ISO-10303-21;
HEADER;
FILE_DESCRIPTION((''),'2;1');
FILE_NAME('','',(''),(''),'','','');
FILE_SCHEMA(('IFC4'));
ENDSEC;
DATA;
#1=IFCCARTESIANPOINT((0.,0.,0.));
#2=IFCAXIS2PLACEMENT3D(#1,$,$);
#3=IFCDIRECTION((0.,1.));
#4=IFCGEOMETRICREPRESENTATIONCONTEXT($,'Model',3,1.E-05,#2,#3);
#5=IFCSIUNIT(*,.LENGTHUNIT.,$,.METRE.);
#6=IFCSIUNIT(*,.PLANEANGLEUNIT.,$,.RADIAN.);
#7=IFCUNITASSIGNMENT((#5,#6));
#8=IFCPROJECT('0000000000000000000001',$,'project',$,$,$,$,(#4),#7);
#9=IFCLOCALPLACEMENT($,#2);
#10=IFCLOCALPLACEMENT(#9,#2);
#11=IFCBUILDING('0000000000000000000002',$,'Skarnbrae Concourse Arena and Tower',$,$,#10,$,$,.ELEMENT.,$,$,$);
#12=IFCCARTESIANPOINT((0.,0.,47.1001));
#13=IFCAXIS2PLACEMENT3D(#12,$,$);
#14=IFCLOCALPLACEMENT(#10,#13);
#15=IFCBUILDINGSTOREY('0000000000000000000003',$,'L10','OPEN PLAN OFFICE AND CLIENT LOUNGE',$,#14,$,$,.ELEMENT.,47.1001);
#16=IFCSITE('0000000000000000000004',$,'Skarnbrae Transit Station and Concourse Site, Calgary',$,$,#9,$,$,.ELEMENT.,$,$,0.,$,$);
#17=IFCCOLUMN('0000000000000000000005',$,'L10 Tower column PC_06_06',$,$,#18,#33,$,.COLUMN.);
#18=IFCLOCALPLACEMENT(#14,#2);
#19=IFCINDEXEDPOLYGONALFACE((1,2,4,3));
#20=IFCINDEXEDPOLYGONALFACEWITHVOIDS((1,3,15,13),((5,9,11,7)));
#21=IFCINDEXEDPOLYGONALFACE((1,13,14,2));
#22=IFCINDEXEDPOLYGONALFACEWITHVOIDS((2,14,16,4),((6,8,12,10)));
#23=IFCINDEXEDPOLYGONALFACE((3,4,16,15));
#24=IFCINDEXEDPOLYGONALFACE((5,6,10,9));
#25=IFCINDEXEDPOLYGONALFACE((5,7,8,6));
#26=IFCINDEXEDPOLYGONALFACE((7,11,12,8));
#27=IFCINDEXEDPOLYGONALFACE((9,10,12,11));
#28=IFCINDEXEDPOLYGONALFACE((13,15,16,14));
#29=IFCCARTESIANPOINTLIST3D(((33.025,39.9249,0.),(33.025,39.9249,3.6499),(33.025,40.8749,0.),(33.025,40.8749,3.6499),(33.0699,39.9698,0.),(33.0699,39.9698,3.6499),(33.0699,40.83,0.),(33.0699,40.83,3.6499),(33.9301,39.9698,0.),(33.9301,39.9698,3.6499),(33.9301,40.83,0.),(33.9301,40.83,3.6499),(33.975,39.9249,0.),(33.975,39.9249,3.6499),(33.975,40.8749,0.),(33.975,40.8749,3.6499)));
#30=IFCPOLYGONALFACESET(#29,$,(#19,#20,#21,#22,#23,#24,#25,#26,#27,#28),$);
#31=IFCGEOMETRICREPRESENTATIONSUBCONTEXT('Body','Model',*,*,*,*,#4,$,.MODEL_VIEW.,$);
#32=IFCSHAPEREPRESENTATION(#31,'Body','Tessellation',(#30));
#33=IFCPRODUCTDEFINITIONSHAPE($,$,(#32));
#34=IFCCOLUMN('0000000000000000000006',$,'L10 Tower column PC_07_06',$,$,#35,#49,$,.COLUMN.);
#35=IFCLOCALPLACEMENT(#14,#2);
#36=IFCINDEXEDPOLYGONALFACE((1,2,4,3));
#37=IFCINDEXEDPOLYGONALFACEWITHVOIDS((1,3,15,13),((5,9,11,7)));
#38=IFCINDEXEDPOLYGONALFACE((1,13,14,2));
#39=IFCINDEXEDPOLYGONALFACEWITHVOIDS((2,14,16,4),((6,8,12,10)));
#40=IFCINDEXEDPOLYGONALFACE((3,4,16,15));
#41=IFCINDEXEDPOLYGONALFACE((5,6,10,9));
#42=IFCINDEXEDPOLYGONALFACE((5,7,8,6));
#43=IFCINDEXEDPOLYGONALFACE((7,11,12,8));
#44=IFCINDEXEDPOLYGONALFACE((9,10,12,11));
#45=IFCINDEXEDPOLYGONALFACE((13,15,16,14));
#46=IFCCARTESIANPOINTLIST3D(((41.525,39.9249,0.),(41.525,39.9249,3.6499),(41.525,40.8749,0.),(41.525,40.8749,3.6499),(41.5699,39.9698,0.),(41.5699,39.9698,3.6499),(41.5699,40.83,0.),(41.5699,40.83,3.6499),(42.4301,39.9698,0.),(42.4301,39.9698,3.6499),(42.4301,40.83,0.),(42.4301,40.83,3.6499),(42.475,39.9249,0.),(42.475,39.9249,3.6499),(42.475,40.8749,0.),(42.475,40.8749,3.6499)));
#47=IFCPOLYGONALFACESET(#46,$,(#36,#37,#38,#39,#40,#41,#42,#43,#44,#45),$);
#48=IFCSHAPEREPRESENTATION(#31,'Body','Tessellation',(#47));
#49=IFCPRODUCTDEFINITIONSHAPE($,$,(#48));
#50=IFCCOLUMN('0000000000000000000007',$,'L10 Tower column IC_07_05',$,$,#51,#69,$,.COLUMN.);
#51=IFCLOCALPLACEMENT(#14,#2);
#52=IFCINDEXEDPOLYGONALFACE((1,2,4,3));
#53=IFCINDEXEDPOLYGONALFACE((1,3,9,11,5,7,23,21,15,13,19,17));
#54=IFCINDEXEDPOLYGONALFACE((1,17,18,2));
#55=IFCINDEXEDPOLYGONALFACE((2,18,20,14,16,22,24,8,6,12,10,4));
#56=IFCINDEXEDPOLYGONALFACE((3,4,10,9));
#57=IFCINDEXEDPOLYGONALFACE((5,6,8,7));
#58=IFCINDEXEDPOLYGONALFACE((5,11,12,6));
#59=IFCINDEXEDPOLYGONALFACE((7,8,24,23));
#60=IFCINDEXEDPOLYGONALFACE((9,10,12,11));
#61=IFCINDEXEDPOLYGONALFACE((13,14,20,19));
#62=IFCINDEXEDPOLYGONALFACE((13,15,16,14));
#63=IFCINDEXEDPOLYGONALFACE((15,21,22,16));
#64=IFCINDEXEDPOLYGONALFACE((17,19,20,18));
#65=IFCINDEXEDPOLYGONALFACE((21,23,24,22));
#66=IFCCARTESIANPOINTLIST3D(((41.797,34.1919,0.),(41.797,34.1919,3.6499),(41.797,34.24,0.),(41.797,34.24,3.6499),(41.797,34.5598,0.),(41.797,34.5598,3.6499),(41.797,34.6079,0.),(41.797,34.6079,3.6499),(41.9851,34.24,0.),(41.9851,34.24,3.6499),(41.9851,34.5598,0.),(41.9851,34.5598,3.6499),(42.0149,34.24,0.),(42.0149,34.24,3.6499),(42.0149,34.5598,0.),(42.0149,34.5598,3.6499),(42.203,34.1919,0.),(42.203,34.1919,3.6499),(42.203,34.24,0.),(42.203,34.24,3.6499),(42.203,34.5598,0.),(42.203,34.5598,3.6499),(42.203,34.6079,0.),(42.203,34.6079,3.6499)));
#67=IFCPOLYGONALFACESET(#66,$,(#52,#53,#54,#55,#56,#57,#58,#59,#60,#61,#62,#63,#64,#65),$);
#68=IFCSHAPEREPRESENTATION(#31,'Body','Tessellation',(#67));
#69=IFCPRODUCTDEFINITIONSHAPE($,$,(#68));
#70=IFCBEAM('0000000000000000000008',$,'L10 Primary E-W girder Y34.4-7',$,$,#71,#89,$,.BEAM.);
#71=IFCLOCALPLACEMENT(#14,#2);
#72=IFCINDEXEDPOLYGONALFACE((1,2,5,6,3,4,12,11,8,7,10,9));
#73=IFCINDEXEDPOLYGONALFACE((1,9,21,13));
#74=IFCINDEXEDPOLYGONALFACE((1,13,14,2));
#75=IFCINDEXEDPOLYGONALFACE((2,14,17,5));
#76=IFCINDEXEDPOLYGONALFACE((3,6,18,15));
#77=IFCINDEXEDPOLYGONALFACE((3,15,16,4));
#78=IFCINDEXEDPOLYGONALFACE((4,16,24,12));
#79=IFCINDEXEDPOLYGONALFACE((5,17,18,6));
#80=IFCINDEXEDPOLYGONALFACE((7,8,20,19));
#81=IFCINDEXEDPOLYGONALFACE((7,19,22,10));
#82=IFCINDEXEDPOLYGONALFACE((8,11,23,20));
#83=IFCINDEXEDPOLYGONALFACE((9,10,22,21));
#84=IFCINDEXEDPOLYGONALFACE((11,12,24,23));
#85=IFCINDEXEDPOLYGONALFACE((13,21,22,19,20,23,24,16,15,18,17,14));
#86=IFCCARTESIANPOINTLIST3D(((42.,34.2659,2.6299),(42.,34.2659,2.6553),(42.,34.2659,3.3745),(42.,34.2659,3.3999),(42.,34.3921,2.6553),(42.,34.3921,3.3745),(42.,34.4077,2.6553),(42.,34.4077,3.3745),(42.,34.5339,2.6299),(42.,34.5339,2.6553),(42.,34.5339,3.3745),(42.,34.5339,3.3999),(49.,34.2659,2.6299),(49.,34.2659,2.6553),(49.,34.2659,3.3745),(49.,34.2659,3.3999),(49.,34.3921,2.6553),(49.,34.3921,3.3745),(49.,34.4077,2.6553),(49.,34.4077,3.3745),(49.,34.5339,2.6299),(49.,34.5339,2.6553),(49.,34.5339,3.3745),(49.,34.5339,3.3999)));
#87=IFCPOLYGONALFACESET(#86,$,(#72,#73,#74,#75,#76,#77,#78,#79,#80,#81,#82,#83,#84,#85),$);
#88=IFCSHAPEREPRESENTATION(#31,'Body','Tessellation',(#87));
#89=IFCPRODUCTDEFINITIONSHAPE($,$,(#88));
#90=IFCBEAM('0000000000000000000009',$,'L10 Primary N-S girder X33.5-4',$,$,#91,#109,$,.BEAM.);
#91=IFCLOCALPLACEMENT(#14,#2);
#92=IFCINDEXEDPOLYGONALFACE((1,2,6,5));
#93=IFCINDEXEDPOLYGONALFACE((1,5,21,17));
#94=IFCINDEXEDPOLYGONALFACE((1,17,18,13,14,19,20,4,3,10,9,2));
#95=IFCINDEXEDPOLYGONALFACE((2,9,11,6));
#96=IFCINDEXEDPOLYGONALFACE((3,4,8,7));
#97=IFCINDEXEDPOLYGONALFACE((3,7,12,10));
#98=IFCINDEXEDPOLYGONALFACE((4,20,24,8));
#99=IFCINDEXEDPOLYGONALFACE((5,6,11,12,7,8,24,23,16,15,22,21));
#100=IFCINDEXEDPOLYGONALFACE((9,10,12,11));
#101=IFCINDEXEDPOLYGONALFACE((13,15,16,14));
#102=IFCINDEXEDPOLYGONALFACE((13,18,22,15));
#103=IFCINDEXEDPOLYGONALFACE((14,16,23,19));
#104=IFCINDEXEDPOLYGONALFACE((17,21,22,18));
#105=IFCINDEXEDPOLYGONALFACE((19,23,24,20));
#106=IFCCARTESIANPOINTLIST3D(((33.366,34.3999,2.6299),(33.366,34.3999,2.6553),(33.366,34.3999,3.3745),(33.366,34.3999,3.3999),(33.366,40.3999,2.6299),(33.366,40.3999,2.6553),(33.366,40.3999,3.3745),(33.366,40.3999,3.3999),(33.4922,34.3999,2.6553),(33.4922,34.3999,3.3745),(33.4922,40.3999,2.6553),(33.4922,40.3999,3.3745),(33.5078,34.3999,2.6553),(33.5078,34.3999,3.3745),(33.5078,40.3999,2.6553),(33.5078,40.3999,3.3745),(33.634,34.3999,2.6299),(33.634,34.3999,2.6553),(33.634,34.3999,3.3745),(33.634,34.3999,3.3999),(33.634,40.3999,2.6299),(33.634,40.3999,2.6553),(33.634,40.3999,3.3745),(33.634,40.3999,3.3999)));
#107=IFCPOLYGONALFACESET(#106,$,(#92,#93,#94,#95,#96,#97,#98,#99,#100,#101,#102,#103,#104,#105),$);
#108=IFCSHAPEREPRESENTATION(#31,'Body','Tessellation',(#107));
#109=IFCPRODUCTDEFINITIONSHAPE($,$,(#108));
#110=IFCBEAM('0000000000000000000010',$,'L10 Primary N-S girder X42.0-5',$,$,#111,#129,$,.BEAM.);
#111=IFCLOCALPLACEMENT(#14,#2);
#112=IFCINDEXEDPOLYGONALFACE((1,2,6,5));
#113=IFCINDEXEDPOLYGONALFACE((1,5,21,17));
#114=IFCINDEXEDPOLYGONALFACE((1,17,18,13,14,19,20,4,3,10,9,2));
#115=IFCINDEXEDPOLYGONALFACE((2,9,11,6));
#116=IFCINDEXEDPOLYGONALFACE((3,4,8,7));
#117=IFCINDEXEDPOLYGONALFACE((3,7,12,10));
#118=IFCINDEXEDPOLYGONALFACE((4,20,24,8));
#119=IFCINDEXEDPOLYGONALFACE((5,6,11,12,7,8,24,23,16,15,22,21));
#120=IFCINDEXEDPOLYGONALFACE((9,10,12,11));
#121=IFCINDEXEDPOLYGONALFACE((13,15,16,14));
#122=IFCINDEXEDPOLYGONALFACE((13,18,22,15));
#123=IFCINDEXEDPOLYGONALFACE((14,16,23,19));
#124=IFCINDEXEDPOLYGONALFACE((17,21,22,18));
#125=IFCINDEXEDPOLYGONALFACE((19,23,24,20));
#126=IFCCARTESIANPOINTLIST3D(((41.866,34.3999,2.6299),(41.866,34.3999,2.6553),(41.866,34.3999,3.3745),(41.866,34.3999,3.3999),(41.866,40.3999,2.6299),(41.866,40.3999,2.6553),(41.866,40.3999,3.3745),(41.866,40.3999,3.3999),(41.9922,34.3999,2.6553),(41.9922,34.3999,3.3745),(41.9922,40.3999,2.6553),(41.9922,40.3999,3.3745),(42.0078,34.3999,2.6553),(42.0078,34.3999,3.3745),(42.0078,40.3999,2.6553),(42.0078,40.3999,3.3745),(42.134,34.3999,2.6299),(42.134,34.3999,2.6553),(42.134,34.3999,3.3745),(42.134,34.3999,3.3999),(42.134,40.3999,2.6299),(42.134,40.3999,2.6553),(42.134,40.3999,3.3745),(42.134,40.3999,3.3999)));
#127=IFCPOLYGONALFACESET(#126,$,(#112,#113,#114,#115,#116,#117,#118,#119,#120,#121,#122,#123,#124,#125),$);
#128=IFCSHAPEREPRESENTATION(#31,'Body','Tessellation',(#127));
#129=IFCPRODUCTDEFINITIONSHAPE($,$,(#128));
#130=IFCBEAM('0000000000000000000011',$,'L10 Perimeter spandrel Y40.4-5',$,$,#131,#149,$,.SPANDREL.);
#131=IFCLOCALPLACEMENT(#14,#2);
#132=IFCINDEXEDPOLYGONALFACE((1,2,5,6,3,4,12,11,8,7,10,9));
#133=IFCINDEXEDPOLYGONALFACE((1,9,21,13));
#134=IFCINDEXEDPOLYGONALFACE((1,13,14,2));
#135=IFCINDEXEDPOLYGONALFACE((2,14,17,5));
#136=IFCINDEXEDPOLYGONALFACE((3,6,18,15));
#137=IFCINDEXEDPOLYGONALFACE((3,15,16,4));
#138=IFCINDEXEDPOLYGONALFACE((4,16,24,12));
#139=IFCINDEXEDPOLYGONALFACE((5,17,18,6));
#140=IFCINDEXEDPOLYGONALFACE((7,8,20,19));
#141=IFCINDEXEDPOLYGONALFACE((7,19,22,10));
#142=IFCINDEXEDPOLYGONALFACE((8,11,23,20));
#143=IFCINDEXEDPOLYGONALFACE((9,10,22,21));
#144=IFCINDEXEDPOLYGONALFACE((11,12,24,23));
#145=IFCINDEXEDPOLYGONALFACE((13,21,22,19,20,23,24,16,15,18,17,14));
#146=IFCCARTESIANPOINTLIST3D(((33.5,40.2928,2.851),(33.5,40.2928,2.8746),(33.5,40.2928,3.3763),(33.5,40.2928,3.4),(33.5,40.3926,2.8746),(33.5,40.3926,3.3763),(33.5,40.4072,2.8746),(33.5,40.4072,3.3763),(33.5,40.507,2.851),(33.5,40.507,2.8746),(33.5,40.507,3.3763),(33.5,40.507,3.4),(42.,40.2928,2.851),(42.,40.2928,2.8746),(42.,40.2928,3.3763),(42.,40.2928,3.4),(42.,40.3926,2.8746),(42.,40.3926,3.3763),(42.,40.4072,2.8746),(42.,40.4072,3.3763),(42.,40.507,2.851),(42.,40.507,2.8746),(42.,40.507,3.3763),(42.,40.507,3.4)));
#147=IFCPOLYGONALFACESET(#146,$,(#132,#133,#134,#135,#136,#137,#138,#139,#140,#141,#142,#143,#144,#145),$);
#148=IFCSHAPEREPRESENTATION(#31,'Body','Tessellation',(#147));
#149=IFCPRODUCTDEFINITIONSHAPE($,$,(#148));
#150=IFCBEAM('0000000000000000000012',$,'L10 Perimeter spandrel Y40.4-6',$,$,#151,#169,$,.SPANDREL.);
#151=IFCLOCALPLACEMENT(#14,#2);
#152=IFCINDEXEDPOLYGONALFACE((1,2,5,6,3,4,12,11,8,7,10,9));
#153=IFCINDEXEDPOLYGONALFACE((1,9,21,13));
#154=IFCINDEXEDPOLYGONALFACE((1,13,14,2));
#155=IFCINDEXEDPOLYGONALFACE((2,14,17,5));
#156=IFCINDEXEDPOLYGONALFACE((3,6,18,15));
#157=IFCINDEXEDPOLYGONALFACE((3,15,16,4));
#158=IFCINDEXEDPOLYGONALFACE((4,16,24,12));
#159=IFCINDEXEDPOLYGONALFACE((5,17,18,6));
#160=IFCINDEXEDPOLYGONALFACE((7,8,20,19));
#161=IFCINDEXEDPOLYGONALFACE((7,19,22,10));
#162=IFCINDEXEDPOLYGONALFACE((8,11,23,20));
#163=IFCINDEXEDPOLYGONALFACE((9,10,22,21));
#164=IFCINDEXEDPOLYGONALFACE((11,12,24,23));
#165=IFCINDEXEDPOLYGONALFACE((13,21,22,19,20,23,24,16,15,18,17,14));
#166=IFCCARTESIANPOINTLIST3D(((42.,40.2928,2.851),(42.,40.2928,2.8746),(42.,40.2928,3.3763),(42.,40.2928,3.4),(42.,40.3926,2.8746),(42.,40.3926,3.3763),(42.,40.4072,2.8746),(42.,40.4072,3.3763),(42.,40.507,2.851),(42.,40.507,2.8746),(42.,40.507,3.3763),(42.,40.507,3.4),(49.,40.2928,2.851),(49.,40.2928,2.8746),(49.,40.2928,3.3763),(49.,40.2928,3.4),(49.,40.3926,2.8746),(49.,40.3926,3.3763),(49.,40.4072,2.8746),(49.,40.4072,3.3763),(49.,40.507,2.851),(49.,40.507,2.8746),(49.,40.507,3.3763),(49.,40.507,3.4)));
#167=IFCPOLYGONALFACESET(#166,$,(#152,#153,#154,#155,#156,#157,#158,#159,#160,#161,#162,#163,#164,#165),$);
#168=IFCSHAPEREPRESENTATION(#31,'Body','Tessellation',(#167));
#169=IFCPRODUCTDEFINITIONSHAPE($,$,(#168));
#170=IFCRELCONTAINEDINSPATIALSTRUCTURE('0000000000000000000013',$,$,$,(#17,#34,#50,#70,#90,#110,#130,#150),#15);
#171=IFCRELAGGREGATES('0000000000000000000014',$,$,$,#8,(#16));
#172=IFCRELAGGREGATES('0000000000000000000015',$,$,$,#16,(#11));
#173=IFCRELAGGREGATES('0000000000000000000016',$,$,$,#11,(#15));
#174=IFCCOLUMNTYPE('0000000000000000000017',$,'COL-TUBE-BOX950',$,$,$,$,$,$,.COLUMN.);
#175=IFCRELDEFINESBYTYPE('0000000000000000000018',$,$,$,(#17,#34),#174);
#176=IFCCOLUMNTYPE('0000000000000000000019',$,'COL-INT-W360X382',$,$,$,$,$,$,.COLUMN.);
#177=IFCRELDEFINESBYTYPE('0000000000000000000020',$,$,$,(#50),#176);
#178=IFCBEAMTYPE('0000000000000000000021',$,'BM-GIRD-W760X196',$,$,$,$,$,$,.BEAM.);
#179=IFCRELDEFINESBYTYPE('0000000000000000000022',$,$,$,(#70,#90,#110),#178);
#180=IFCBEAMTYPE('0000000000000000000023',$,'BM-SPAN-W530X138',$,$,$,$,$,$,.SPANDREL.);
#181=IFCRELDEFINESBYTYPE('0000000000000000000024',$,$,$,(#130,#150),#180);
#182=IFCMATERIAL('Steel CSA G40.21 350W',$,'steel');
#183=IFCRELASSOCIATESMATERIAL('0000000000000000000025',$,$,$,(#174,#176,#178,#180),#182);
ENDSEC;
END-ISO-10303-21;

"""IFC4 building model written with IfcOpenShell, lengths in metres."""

from ifc_helpers import new_model, si_unit, direction, frame, origin, origin_2d, place, context, subcontext, project, spatial, hollow_rectangle, i_section, extrude, source, transform, mapped, material, material_profile, profile_set, type_object, element, save


model = new_model("IFC4")

# Units and contexts
model_context = context("Model", 3, precision=1e-05, world=origin(), true_north=direction((0.0, 1.0)))
body_context = subcontext(model_context, "Body", "Model", "MODEL_VIEW")
ifc_project = project(units=[si_unit("LENGTHUNIT", "METRE"), si_unit("PLANEANGLEUNIT", "RADIAN")], contexts=[model_context])

# Site, building, storey
site_placement = place(None, origin())
site = spatial("IfcSite", under=ifc_project, at=site_placement, Name="Skarnbrae Transit Station and Concourse Site, Calgary", CompositionType="ELEMENT", RefElevation=0.0)
building_placement = place(site_placement, origin())
building = spatial("IfcBuilding", under=site, at=building_placement, Name="Skarnbrae Concourse Arena and Tower", CompositionType="ELEMENT")
storey_placement = place(building_placement, frame((0.0, 0.0, 47.1001)))
storey = spatial("IfcBuildingStorey", under=building, at=storey_placement, Name="L10", Description="OPEN PLAN OFFICE AND CLIENT LOUNGE", CompositionType="ELEMENT", Elevation=47.1001)

# Columns
ifc_material_1 = material(Name="Steel CSA G40.21 350W", Category="steel")
ifc_material_profile_1 = material_profile(ifc_material_1, hollow_rectangle(XDim=0.95, YDim=0.95, WallThickness=0.0449, at=origin_2d()), Name="BOX950X950X45")
ifc_profile_set_1 = profile_set([ifc_material_profile_1], Name="Steel CSA G40.21 350W")
column_type_1 = type_object("IfcColumnType", Name="COL-TUBE-BOX950", PredefinedType="COLUMN", material=ifc_profile_set_1)
shared_shape_1 = source(origin(), body_context, "Body", "SweptSolid", [
    extrude(hollow_rectangle(XDim=0.95, YDim=0.95, WallThickness=0.0449, at=origin_2d()), origin(), (0.0, 0.0, 1.0), 3.6499),
])
for number, where, z_axis, x_axis, name in (
    (1, (33.5, 40.3999, 0.0), (0.0, 0.0, 1.0), (1.0, 0.0, 0.0), "L10 Tower column PC_06_06"),
    (2, (42.0, 40.3999, 0.0), (0.0, 0.0, 1.0), (1.0, 0.0, 0.0), "L10 Tower column PC_07_06"),
):
    element("IfcColumn", number, at=place(storey_placement, frame(where, z_axis=z_axis, x_axis=x_axis)), inside=storey, type_object=column_type_1, Name=name, PredefinedType="COLUMN", context=body_context, shape_type="MappedRepresentation", body=[
        mapped(shared_shape_1, transform((0.0, 0.0, 0.0))),
    ])
ifc_material_profile_2 = material_profile(ifc_material_1, i_section(OverallWidth=0.406, OverallDepth=0.416, WebThickness=0.0298, FlangeThickness=0.0481, at=origin_2d()), Name="W360X382")
ifc_profile_set_2 = profile_set([ifc_material_profile_2], Name="Steel CSA G40.21 350W")
column_type_2 = type_object("IfcColumnType", Name="COL-INT-W360X382", PredefinedType="COLUMN", material=ifc_profile_set_2)
shared_shape_2 = source(origin(), body_context, "Body", "SweptSolid", [
    extrude(i_section(OverallWidth=0.406, OverallDepth=0.416, WebThickness=0.0298, FlangeThickness=0.0481, at=origin_2d()), origin(), (0.0, 0.0, 1.0), 3.6499),
])
column_placement = place(storey_placement, frame((42.0, 34.3999, 0.0), z_axis=(0.0, 0.0, 1.0), x_axis=(1.0, 0.0, 0.0)))
element("IfcColumn", 3, at=column_placement, inside=storey, type_object=column_type_2, Name="L10 Tower column IC_07_05", PredefinedType="COLUMN", context=body_context, shape_type="MappedRepresentation", body=[
    mapped(shared_shape_2, transform((0.0, 0.0, 0.0))),
])

# Beams
ifc_material_profile_3 = material_profile(ifc_material_1, i_section(OverallWidth=0.2681, OverallDepth=0.77, WebThickness=0.0156, FlangeThickness=0.0254, at=origin_2d()), Name="W760X196")
ifc_profile_set_3 = profile_set([ifc_material_profile_3], Name="Steel CSA G40.21 350W")
beam_type_1 = type_object("IfcBeamType", Name="BM-GIRD-W760X196", PredefinedType="BEAM", material=ifc_profile_set_3)
shared_shape_3 = source(origin(), body_context, "Body", "SweptSolid", [
    extrude(i_section(OverallWidth=0.2681, OverallDepth=0.77, WebThickness=0.0156, FlangeThickness=0.0254, at=origin_2d()), origin(), (0.0, 0.0, 1.0), 7.0),
])
beam_1_placement = place(storey_placement, frame((42.0, 34.3999, 3.0149), z_axis=(1.0, 0.0, 0.0), x_axis=(0.0, 1.0, 0.0)))
element("IfcBeam", 4, at=beam_1_placement, inside=storey, type_object=beam_type_1, Name="L10 Primary E-W girder Y34.4-7", PredefinedType="BEAM", context=body_context, shape_type="MappedRepresentation", body=[
    mapped(shared_shape_3, transform((0.0, 0.0, 0.0))),
])
shared_shape_4 = source(origin(), body_context, "Body", "SweptSolid", [
    extrude(i_section(OverallWidth=0.2681, OverallDepth=0.77, WebThickness=0.0156, FlangeThickness=0.0254, at=origin_2d()), origin(), (0.0, 0.0, 1.0), 6.0),
])
for number, where, z_axis, x_axis, name in (
    (5, (33.5, 34.3999, 3.0149), (0.0, 1.0, 0.0), (-1.0, 0.0, 0.0), "L10 Primary N-S girder X33.5-4"),
    (6, (42.0, 34.3999, 3.0149), (0.0, 1.0, 0.0), (-1.0, 0.0, 0.0), "L10 Primary N-S girder X42.0-5"),
):
    element("IfcBeam", number, at=place(storey_placement, frame(where, z_axis=z_axis, x_axis=x_axis)), inside=storey, type_object=beam_type_1, Name=name, PredefinedType="BEAM", context=body_context, shape_type="MappedRepresentation", body=[
        mapped(shared_shape_4, transform((0.0, 0.0, 0.0))),
    ])
ifc_material_profile_4 = material_profile(ifc_material_1, i_section(OverallWidth=0.2141, OverallDepth=0.5491, WebThickness=0.0146, FlangeThickness=0.0237, at=origin_2d()), Name="W530X138")
ifc_profile_set_4 = profile_set([ifc_material_profile_4], Name="Steel CSA G40.21 350W")
beam_type_2 = type_object("IfcBeamType", Name="BM-SPAN-W530X138", PredefinedType="SPANDREL", material=ifc_profile_set_4)
shared_shape_5 = source(origin(), body_context, "Body", "SweptSolid", [
    extrude(i_section(OverallWidth=0.2141, OverallDepth=0.5491, WebThickness=0.0146, FlangeThickness=0.0237, at=origin_2d()), origin(), (0.0, 0.0, 1.0), 8.5),
])
beam_2_placement = place(storey_placement, frame((33.5, 40.3999, 3.1255), z_axis=(1.0, 0.0, 0.0), x_axis=(0.0, 1.0, 0.0)))
element("IfcBeam", 7, at=beam_2_placement, inside=storey, type_object=beam_type_2, Name="L10 Perimeter spandrel Y40.4-5", PredefinedType="SPANDREL", context=body_context, shape_type="MappedRepresentation", body=[
    mapped(shared_shape_5, transform((0.0, 0.0, 0.0))),
])
shared_shape_6 = source(origin(), body_context, "Body", "SweptSolid", [
    extrude(i_section(OverallWidth=0.2141, OverallDepth=0.5491, WebThickness=0.0146, FlangeThickness=0.0237, at=origin_2d()), origin(), (0.0, 0.0, 1.0), 7.0),
])
beam_3_placement = place(storey_placement, frame((42.0, 40.3999, 3.1255), z_axis=(1.0, 0.0, 0.0), x_axis=(0.0, 1.0, 0.0)))
element("IfcBeam", 8, at=beam_3_placement, inside=storey, type_object=beam_type_2, Name="L10 Perimeter spandrel Y40.4-6", PredefinedType="SPANDREL", context=body_context, shape_type="MappedRepresentation", body=[
    mapped(shared_shape_6, transform((0.0, 0.0, 0.0))),
])

save(model, "model.ifc")
